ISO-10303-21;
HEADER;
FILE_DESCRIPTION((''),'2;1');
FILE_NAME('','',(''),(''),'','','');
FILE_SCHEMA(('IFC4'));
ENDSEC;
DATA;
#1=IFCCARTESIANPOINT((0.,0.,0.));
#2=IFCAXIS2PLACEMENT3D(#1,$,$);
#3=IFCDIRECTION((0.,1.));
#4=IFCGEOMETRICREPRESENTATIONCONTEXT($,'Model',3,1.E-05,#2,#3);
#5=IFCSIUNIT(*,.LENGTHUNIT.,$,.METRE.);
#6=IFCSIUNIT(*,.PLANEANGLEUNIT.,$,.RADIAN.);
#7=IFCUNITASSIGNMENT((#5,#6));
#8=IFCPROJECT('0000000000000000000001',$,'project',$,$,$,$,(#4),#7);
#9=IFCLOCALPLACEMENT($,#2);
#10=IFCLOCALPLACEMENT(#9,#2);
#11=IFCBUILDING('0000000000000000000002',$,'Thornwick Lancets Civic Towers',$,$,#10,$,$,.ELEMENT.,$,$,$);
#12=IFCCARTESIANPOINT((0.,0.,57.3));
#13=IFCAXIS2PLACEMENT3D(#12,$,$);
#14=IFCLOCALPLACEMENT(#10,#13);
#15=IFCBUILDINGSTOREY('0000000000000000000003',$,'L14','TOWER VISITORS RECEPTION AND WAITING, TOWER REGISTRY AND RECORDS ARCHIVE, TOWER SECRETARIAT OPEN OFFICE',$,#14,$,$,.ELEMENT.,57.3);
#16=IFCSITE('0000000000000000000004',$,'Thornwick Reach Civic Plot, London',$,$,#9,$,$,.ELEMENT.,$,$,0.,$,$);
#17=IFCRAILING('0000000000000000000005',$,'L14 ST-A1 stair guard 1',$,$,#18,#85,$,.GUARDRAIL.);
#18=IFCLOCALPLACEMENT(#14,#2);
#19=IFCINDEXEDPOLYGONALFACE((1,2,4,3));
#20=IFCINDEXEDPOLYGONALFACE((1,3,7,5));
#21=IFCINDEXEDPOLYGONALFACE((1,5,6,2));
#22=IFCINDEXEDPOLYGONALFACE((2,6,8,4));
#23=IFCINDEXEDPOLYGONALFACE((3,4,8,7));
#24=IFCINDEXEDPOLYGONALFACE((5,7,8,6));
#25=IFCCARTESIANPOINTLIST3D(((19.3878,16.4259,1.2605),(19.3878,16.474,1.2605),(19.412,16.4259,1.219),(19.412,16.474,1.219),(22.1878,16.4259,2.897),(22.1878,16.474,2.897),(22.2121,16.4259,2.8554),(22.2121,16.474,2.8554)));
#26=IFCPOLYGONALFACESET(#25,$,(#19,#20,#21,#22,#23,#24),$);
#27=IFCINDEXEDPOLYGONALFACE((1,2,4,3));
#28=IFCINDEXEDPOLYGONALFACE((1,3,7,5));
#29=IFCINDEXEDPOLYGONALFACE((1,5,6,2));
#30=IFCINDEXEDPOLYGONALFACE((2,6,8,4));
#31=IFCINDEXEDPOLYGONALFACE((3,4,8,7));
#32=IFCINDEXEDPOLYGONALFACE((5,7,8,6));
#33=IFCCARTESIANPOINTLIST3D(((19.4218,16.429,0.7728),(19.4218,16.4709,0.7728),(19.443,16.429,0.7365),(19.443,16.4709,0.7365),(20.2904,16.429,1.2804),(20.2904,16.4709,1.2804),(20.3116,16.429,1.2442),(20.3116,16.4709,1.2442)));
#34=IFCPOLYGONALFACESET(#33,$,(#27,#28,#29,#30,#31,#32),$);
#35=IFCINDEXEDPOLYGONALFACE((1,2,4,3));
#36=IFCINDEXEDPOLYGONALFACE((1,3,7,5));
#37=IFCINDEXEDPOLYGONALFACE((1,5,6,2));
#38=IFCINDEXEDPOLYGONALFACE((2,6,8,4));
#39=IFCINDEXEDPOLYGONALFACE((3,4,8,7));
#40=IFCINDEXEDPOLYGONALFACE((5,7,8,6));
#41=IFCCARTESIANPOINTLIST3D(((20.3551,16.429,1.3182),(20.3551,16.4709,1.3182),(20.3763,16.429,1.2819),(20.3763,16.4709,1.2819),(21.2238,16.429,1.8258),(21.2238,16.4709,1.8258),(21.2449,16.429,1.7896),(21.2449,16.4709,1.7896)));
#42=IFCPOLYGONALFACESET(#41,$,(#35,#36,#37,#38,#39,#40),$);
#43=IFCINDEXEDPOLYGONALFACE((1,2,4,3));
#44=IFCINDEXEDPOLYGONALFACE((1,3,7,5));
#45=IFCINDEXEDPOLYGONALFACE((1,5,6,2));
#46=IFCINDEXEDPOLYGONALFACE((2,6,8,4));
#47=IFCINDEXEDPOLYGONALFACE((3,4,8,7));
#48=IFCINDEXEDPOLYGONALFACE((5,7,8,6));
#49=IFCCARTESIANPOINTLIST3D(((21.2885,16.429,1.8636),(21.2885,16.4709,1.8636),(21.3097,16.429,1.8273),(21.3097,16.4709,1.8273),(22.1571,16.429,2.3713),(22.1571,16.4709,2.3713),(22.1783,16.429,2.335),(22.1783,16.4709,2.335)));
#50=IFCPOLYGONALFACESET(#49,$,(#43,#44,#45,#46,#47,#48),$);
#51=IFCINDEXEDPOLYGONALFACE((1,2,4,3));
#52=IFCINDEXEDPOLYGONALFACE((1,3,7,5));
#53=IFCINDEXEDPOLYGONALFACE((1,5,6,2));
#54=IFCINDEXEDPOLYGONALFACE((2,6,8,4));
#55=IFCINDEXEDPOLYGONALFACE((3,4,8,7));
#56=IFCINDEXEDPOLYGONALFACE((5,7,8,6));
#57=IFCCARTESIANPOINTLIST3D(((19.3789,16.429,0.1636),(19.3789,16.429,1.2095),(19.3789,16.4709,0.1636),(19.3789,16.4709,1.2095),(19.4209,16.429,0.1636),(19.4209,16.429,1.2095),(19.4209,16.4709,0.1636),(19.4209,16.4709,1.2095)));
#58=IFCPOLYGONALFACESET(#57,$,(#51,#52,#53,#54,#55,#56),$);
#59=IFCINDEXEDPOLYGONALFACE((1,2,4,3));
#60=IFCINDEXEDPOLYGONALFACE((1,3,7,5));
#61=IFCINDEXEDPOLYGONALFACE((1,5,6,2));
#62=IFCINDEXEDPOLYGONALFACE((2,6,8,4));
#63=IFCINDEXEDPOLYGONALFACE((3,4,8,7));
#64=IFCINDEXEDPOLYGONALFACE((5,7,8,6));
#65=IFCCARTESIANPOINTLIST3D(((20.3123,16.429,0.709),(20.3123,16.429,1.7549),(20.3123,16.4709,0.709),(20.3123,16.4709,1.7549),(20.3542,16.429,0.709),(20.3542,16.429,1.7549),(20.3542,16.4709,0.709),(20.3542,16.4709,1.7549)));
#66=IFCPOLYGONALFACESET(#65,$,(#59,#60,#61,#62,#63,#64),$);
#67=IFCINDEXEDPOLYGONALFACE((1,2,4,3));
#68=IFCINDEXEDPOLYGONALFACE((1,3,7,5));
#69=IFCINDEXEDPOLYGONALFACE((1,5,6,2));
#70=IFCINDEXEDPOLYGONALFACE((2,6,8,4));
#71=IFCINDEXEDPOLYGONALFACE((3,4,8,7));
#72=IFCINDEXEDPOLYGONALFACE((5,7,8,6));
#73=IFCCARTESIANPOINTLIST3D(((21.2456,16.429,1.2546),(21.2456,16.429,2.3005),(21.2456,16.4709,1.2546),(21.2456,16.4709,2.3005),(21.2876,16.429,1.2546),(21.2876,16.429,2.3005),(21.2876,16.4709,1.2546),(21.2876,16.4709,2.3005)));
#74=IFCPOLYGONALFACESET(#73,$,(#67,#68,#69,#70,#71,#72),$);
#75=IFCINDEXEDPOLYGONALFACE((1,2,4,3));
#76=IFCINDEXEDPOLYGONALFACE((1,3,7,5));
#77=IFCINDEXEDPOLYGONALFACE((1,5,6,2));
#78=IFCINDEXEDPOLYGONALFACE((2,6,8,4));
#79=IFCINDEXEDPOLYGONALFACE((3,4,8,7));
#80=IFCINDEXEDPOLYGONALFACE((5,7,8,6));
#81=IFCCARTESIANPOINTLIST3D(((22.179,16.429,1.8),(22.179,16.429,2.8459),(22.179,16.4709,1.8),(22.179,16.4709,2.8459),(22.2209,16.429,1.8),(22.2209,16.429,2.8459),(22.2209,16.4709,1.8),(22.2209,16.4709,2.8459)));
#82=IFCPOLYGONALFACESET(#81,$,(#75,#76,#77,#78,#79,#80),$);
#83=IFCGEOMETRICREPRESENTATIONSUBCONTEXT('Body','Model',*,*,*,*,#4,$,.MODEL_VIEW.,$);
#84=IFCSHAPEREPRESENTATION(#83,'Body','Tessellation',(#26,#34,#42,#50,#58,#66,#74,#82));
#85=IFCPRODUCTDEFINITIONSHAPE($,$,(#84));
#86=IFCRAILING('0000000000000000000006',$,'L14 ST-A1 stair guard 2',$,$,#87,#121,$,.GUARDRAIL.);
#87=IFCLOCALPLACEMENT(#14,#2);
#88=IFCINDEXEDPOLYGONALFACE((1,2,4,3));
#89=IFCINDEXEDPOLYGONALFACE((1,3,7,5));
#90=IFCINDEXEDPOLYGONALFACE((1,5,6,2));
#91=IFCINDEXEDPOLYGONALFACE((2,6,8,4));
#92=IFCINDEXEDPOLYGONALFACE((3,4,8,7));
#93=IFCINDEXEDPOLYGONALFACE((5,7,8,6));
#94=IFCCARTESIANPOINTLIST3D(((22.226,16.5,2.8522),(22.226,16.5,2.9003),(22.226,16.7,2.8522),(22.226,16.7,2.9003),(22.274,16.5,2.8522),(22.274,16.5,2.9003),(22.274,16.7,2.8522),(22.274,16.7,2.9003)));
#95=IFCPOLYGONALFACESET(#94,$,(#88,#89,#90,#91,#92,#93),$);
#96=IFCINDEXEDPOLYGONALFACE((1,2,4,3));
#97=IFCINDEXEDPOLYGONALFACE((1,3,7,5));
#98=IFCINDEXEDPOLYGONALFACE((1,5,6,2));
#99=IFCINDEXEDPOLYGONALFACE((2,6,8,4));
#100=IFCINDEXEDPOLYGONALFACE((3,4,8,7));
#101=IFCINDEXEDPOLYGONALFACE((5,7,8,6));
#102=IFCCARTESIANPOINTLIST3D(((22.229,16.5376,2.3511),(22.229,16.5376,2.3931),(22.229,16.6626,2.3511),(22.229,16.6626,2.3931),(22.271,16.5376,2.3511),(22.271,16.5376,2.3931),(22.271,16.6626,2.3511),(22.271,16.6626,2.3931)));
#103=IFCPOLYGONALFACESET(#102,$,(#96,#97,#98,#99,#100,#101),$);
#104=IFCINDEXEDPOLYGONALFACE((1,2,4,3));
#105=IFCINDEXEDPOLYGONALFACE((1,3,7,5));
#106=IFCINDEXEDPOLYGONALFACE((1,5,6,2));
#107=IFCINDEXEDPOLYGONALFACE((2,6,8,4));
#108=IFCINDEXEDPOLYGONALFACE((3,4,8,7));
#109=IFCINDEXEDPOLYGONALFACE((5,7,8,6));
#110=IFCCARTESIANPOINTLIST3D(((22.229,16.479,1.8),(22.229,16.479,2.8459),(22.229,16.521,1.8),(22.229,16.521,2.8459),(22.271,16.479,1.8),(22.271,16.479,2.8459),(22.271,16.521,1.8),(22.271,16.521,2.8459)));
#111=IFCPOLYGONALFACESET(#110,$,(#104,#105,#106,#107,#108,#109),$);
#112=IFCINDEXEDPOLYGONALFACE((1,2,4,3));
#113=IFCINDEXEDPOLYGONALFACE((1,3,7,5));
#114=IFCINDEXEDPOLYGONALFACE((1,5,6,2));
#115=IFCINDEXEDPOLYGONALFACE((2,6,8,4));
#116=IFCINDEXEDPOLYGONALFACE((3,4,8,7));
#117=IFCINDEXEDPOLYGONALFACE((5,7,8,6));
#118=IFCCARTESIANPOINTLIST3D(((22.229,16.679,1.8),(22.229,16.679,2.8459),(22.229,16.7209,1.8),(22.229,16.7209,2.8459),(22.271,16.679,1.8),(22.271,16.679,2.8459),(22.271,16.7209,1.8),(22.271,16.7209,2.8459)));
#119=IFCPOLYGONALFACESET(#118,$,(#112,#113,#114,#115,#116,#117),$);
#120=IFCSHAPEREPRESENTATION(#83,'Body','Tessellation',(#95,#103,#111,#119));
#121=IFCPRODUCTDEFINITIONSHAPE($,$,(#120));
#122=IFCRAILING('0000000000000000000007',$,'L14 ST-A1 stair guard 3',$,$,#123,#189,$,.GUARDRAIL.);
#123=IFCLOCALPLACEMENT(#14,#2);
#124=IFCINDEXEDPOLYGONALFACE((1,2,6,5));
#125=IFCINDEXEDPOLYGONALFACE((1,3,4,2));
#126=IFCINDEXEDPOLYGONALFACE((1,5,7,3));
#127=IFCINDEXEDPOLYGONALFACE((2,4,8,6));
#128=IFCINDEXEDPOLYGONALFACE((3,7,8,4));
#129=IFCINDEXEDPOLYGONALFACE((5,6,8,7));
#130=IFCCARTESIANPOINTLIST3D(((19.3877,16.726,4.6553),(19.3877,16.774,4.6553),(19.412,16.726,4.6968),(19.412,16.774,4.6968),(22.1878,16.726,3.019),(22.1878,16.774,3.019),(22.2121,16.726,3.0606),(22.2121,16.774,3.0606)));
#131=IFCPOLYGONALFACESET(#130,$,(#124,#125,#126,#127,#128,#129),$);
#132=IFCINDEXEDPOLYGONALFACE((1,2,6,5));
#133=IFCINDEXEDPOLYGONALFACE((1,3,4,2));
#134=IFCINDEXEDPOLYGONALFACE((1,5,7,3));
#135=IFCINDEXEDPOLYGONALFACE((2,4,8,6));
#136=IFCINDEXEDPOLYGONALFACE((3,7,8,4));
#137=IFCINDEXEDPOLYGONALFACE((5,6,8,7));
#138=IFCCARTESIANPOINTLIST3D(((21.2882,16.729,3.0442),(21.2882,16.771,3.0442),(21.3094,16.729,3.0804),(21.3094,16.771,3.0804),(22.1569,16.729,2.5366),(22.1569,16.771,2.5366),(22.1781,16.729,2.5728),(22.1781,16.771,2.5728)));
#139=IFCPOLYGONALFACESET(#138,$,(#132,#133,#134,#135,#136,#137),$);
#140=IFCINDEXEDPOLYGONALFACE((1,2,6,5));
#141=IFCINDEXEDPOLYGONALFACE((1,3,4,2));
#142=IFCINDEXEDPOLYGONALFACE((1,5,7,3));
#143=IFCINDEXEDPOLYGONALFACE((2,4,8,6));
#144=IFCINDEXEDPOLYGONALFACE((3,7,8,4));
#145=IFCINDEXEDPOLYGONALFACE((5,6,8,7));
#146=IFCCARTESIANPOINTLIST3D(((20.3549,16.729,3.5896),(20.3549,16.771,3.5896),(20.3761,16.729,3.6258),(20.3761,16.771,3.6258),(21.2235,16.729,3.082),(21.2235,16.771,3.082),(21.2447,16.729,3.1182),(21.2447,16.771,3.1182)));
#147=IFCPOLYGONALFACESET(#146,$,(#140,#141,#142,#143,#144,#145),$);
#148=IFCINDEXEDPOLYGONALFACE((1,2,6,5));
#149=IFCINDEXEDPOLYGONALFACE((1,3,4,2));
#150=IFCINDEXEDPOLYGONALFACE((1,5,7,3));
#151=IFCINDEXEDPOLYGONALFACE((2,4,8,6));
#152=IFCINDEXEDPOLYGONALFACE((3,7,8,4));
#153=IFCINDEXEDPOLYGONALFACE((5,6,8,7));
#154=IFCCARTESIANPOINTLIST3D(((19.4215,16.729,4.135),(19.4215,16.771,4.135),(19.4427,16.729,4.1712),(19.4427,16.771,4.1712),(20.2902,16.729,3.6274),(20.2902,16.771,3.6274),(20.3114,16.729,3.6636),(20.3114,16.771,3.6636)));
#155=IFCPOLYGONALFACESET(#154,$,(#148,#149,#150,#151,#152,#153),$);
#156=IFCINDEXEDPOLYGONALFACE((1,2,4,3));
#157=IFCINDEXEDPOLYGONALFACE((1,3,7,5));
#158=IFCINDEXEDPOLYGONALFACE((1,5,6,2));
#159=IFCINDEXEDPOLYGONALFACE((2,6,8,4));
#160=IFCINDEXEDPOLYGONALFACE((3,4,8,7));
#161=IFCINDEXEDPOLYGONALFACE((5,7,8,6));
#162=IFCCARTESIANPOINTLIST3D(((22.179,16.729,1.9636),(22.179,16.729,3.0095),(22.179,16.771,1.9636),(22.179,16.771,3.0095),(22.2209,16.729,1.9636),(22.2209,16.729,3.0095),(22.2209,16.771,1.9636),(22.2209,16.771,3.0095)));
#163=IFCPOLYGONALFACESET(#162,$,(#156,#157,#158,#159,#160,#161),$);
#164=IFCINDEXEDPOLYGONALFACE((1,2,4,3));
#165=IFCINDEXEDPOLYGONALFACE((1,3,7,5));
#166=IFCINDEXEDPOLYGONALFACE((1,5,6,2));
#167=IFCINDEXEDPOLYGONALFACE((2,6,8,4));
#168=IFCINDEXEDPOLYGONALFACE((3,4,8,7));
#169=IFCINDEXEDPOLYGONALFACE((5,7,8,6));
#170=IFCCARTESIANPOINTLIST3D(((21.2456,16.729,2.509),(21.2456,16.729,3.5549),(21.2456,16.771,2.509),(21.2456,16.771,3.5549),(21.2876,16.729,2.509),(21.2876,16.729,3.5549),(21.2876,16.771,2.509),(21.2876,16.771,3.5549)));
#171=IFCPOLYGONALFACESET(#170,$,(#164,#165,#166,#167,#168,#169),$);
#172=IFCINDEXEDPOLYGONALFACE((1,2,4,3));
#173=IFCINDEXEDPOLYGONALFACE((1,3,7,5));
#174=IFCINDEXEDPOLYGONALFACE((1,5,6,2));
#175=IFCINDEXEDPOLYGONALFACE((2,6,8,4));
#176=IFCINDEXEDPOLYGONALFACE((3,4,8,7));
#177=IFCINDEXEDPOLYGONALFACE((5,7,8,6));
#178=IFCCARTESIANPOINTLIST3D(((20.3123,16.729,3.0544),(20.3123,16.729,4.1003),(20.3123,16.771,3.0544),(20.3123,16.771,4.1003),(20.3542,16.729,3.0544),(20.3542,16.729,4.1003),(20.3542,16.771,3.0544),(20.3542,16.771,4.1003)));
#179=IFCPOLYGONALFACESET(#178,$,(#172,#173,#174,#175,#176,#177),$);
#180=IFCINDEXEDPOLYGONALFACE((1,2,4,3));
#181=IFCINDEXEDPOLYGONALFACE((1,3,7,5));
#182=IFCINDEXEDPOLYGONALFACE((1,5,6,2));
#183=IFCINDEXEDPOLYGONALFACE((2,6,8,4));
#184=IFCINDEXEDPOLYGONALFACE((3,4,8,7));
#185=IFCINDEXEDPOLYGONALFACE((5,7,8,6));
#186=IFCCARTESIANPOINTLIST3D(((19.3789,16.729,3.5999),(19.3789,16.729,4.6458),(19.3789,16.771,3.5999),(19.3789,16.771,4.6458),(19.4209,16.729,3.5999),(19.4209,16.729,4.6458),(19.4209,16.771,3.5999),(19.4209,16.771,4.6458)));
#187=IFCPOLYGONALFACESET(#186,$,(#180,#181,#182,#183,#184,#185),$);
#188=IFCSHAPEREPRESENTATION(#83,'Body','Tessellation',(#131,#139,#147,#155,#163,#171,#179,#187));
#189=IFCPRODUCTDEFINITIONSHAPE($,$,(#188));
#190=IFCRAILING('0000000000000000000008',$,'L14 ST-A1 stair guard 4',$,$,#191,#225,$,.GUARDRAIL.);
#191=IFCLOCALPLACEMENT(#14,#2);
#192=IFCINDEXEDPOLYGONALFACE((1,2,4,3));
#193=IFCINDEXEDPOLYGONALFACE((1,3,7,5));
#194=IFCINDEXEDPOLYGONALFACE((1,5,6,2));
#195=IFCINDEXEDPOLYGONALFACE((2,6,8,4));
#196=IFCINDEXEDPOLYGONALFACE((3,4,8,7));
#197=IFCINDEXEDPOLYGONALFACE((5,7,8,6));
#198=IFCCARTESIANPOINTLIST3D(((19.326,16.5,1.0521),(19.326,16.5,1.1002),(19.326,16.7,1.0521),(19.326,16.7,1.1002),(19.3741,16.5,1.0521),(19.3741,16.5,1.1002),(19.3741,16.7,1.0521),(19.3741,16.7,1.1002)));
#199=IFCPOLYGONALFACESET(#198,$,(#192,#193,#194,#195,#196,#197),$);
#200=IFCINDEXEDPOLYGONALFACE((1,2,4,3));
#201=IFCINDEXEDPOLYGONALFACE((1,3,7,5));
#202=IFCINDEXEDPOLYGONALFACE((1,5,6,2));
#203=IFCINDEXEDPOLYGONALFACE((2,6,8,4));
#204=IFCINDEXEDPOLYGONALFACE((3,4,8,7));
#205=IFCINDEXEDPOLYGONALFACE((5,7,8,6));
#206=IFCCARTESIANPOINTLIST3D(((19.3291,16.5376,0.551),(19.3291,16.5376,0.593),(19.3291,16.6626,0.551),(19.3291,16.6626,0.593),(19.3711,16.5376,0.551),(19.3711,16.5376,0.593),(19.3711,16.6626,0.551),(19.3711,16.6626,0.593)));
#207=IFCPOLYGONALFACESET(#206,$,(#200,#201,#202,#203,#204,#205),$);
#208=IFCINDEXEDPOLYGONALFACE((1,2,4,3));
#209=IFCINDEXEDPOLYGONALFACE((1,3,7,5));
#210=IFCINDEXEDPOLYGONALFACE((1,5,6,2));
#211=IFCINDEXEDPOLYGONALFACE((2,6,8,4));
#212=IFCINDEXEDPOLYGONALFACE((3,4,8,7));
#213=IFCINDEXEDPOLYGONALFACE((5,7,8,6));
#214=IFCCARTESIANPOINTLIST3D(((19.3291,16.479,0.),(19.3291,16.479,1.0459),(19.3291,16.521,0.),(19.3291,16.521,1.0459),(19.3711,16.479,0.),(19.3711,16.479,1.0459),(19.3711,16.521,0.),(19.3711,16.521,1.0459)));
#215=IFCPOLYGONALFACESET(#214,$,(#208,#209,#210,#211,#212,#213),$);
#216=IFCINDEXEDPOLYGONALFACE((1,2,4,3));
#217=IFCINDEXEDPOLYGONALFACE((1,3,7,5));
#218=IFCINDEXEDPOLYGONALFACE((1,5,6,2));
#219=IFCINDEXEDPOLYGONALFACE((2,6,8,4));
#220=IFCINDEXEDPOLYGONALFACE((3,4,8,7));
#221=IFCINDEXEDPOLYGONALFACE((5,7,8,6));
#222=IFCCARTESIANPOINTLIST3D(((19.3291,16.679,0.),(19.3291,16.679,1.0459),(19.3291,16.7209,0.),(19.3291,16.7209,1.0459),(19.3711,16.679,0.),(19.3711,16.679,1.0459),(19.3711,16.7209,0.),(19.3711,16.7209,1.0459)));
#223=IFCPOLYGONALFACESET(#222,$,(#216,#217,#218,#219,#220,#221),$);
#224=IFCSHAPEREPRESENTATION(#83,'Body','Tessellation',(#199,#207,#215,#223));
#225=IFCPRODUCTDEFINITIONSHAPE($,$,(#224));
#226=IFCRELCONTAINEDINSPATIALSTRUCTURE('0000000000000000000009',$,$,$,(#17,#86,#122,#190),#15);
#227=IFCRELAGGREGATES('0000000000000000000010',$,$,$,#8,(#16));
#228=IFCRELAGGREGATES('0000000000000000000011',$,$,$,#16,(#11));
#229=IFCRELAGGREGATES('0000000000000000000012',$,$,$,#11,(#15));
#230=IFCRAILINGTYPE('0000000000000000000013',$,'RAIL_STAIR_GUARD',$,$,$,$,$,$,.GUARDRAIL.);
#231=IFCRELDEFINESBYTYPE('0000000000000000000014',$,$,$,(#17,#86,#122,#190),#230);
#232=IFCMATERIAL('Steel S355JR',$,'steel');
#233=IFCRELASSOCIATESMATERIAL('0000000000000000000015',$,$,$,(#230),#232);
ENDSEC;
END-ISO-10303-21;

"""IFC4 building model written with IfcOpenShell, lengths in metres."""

from ifc_helpers import new_model, si_unit, direction, frame, origin, origin_2d, place, context, subcontext, project, spatial, rectangle, extrude, material, type_object, element, save


model = new_model("IFC4")

# Units and contexts
model_context = context("Model", 3, precision=1e-05, world=origin(), true_north=direction((0.0, 1.0)))
body_context = subcontext(model_context, "Body", "Model", "MODEL_VIEW")
ifc_project = project(units=[si_unit("LENGTHUNIT", "METRE"), si_unit("PLANEANGLEUNIT", "RADIAN")], contexts=[model_context])

# Site, building, storey
site_placement = place(None, origin())
site = spatial("IfcSite", under=ifc_project, at=site_placement, Name="Thornwick Reach Civic Plot, London", CompositionType="ELEMENT", RefElevation=0.0)
building_placement = place(site_placement, origin())
building = spatial("IfcBuilding", under=site, at=building_placement, Name="Thornwick Lancets Civic Towers", CompositionType="ELEMENT")
storey_placement = place(building_placement, frame((0.0, 0.0, 57.3)))
storey = spatial("IfcBuildingStorey", under=building, at=storey_placement, Name="L14", Description="TOWER VISITORS RECEPTION AND WAITING, TOWER REGISTRY AND RECORDS ARCHIVE, TOWER SECRETARIAT OPEN OFFICE", CompositionType="ELEMENT", Elevation=57.3)

# Shared definitions
ifc_material_1 = material(Name="Steel S355JR", Category="steel")

# Railings
railing_type_1 = type_object("IfcRailingType", Name="RAIL_STAIR_GUARD", PredefinedType="GUARDRAIL", material=ifc_material_1)
railing_1_placement = place(storey_placement, frame((19.3999, 16.45, 0.1636)))
element("IfcRailing", 1, at=railing_1_placement, inside=storey, type_object=railing_type_1, Name="L14 ST-A1 stair guard 1", PredefinedType="GUARDRAIL", context=body_context, shape_type="SweptSolid", body=[
    extrude(rectangle(XDim=0.0481, YDim=0.0481, at=origin_2d()), frame((0.0, 0.0, 1.0762), z_axis=(0.863361, 0.0, 0.504587), x_axis=(0.0, 1.0, 0.0)), (0.0, 0.0, 1.0), 3.2432),
    extrude(rectangle(XDim=0.042, YDim=0.042, at=origin_2d()), frame((0.0325, 0.0, 0.5911), z_axis=(0.863361, 0.0, 0.504587), x_axis=(0.0, 1.0, 0.0)), (0.0, 0.0, 1.0), 1.0061),
    extrude(rectangle(XDim=0.042, YDim=0.042, at=origin_2d()), frame((0.9658, 0.0, 1.1365), z_axis=(0.863361, 0.0, 0.504587), x_axis=(0.0, 1.0, 0.0)), (0.0, 0.0, 1.0), 1.0061),
    extrude(rectangle(XDim=0.042, YDim=0.042, at=origin_2d()), frame((1.8992, 0.0, 1.6819), z_axis=(0.863361, 0.0, 0.504587), x_axis=(0.0, 1.0, 0.0)), (0.0, 0.0, 1.0), 1.0061),
    extrude(rectangle(XDim=0.042, YDim=0.042, at=origin_2d()), origin(), (0.0, 0.0, 1.0), 1.0459),
    extrude(rectangle(XDim=0.042, YDim=0.042, at=origin_2d()), frame((0.9333, 0.0, 0.5454)), (0.0, 0.0, 1.0), 1.0459),
    extrude(rectangle(XDim=0.042, YDim=0.042, at=origin_2d()), frame((1.8667, 0.0, 1.0911)), (0.0, 0.0, 1.0), 1.0459),
    extrude(rectangle(XDim=0.042, YDim=0.042, at=origin_2d()), frame((2.8, 0.0, 1.6365)), (0.0, 0.0, 1.0), 1.0459),
])
railing_2_placement = place(storey_placement, frame((22.25, 16.5, 1.8)))
element("IfcRailing", 2, at=railing_2_placement, inside=storey, type_object=railing_type_1, Name="L14 ST-A1 stair guard 2", PredefinedType="GUARDRAIL", context=body_context, shape_type="SweptSolid", body=[
    extrude(rectangle(XDim=0.0481, YDim=0.0481, at=origin_2d()), frame((0.0, 0.0, 1.0762), z_axis=(0.0, 1.0, 0.0), x_axis=(-1.0, 0.0, 0.0)), (0.0, 0.0, 1.0), 0.2),
    extrude(rectangle(XDim=0.042, YDim=0.042, at=origin_2d()), frame((0.0, 0.0376, 0.572), z_axis=(0.0, 1.0, 0.0), x_axis=(-1.0, 0.0, 0.0)), (0.0, 0.0, 1.0), 0.125),
    extrude(rectangle(XDim=0.042, YDim=0.042, at=origin_2d()), origin(), (0.0, 0.0, 1.0), 1.0459),
    extrude(rectangle(XDim=0.042, YDim=0.042, at=origin_2d()), frame((0.0, 0.2, 0.0)), (0.0, 0.0, 1.0), 1.0459),
])
railing_3_placement = place(storey_placement, frame((22.2, 16.75, 1.9636)))
element("IfcRailing", 3, at=railing_3_placement, inside=storey, type_object=railing_type_1, Name="L14 ST-A1 stair guard 3", PredefinedType="GUARDRAIL", context=body_context, shape_type="SweptSolid", body=[
    extrude(rectangle(XDim=0.0481, YDim=0.0481, at=origin_2d()), frame((0.0, 0.0, 1.0762), z_axis=(-0.863394, 0.0, 0.504531), x_axis=(0.0, -1.0, 0.0)), (0.0, 0.0, 1.0), 3.2432),
    extrude(rectangle(XDim=0.042, YDim=0.042, at=origin_2d()), frame((-0.0325, 0.0, 0.5911), z_axis=(-0.863394, 0.0, 0.504531), x_axis=(0.0, -1.0, 0.0)), (0.0, 0.0, 1.0), 1.0061),
    extrude(rectangle(XDim=0.042, YDim=0.042, at=origin_2d()), frame((-0.9658, 0.0, 1.1365), z_axis=(-0.863394, 0.0, 0.504531), x_axis=(0.0, -1.0, 0.0)), (0.0, 0.0, 1.0), 1.0061),
    extrude(rectangle(XDim=0.042, YDim=0.042, at=origin_2d()), frame((-1.8992, 0.0, 1.6819), z_axis=(-0.863394, 0.0, 0.504531), x_axis=(0.0, -1.0, 0.0)), (0.0, 0.0, 1.0), 1.0061),
    extrude(rectangle(XDim=0.042, YDim=0.042, at=origin_2d()), origin(), (0.0, 0.0, 1.0), 1.0459),
    extrude(rectangle(XDim=0.042, YDim=0.042, at=origin_2d()), frame((-0.9333, 0.0, 0.5454)), (0.0, 0.0, 1.0), 1.0459),
    extrude(rectangle(XDim=0.042, YDim=0.042, at=origin_2d()), frame((-1.8667, 0.0, 1.0908)), (0.0, 0.0, 1.0), 1.0459),
    extrude(rectangle(XDim=0.042, YDim=0.042, at=origin_2d()), frame((-2.8, 0.0, 1.6362)), (0.0, 0.0, 1.0), 1.0459),
])
railing_4_placement = place(storey_placement, frame((19.3501, 16.5, 0.0)))
element("IfcRailing", 4, at=railing_4_placement, inside=storey, type_object=railing_type_1, Name="L14 ST-A1 stair guard 4", PredefinedType="GUARDRAIL", context=body_context, shape_type="SweptSolid", body=[
    extrude(rectangle(XDim=0.0481, YDim=0.0481, at=origin_2d()), frame((0.0, 0.0, 1.0762), z_axis=(0.0, 1.0, 0.0), x_axis=(-1.0, 0.0, 0.0)), (0.0, 0.0, 1.0), 0.2),
    extrude(rectangle(XDim=0.042, YDim=0.042, at=origin_2d()), frame((0.0, 0.0376, 0.572), z_axis=(0.0, 1.0, 0.0), x_axis=(-1.0, 0.0, 0.0)), (0.0, 0.0, 1.0), 0.125),
    extrude(rectangle(XDim=0.042, YDim=0.042, at=origin_2d()), origin(), (0.0, 0.0, 1.0), 1.0459),
    extrude(rectangle(XDim=0.042, YDim=0.042, at=origin_2d()), frame((0.0, 0.2, 0.0)), (0.0, 0.0, 1.0), 1.0459),
])

save(model, "model.ifc")
